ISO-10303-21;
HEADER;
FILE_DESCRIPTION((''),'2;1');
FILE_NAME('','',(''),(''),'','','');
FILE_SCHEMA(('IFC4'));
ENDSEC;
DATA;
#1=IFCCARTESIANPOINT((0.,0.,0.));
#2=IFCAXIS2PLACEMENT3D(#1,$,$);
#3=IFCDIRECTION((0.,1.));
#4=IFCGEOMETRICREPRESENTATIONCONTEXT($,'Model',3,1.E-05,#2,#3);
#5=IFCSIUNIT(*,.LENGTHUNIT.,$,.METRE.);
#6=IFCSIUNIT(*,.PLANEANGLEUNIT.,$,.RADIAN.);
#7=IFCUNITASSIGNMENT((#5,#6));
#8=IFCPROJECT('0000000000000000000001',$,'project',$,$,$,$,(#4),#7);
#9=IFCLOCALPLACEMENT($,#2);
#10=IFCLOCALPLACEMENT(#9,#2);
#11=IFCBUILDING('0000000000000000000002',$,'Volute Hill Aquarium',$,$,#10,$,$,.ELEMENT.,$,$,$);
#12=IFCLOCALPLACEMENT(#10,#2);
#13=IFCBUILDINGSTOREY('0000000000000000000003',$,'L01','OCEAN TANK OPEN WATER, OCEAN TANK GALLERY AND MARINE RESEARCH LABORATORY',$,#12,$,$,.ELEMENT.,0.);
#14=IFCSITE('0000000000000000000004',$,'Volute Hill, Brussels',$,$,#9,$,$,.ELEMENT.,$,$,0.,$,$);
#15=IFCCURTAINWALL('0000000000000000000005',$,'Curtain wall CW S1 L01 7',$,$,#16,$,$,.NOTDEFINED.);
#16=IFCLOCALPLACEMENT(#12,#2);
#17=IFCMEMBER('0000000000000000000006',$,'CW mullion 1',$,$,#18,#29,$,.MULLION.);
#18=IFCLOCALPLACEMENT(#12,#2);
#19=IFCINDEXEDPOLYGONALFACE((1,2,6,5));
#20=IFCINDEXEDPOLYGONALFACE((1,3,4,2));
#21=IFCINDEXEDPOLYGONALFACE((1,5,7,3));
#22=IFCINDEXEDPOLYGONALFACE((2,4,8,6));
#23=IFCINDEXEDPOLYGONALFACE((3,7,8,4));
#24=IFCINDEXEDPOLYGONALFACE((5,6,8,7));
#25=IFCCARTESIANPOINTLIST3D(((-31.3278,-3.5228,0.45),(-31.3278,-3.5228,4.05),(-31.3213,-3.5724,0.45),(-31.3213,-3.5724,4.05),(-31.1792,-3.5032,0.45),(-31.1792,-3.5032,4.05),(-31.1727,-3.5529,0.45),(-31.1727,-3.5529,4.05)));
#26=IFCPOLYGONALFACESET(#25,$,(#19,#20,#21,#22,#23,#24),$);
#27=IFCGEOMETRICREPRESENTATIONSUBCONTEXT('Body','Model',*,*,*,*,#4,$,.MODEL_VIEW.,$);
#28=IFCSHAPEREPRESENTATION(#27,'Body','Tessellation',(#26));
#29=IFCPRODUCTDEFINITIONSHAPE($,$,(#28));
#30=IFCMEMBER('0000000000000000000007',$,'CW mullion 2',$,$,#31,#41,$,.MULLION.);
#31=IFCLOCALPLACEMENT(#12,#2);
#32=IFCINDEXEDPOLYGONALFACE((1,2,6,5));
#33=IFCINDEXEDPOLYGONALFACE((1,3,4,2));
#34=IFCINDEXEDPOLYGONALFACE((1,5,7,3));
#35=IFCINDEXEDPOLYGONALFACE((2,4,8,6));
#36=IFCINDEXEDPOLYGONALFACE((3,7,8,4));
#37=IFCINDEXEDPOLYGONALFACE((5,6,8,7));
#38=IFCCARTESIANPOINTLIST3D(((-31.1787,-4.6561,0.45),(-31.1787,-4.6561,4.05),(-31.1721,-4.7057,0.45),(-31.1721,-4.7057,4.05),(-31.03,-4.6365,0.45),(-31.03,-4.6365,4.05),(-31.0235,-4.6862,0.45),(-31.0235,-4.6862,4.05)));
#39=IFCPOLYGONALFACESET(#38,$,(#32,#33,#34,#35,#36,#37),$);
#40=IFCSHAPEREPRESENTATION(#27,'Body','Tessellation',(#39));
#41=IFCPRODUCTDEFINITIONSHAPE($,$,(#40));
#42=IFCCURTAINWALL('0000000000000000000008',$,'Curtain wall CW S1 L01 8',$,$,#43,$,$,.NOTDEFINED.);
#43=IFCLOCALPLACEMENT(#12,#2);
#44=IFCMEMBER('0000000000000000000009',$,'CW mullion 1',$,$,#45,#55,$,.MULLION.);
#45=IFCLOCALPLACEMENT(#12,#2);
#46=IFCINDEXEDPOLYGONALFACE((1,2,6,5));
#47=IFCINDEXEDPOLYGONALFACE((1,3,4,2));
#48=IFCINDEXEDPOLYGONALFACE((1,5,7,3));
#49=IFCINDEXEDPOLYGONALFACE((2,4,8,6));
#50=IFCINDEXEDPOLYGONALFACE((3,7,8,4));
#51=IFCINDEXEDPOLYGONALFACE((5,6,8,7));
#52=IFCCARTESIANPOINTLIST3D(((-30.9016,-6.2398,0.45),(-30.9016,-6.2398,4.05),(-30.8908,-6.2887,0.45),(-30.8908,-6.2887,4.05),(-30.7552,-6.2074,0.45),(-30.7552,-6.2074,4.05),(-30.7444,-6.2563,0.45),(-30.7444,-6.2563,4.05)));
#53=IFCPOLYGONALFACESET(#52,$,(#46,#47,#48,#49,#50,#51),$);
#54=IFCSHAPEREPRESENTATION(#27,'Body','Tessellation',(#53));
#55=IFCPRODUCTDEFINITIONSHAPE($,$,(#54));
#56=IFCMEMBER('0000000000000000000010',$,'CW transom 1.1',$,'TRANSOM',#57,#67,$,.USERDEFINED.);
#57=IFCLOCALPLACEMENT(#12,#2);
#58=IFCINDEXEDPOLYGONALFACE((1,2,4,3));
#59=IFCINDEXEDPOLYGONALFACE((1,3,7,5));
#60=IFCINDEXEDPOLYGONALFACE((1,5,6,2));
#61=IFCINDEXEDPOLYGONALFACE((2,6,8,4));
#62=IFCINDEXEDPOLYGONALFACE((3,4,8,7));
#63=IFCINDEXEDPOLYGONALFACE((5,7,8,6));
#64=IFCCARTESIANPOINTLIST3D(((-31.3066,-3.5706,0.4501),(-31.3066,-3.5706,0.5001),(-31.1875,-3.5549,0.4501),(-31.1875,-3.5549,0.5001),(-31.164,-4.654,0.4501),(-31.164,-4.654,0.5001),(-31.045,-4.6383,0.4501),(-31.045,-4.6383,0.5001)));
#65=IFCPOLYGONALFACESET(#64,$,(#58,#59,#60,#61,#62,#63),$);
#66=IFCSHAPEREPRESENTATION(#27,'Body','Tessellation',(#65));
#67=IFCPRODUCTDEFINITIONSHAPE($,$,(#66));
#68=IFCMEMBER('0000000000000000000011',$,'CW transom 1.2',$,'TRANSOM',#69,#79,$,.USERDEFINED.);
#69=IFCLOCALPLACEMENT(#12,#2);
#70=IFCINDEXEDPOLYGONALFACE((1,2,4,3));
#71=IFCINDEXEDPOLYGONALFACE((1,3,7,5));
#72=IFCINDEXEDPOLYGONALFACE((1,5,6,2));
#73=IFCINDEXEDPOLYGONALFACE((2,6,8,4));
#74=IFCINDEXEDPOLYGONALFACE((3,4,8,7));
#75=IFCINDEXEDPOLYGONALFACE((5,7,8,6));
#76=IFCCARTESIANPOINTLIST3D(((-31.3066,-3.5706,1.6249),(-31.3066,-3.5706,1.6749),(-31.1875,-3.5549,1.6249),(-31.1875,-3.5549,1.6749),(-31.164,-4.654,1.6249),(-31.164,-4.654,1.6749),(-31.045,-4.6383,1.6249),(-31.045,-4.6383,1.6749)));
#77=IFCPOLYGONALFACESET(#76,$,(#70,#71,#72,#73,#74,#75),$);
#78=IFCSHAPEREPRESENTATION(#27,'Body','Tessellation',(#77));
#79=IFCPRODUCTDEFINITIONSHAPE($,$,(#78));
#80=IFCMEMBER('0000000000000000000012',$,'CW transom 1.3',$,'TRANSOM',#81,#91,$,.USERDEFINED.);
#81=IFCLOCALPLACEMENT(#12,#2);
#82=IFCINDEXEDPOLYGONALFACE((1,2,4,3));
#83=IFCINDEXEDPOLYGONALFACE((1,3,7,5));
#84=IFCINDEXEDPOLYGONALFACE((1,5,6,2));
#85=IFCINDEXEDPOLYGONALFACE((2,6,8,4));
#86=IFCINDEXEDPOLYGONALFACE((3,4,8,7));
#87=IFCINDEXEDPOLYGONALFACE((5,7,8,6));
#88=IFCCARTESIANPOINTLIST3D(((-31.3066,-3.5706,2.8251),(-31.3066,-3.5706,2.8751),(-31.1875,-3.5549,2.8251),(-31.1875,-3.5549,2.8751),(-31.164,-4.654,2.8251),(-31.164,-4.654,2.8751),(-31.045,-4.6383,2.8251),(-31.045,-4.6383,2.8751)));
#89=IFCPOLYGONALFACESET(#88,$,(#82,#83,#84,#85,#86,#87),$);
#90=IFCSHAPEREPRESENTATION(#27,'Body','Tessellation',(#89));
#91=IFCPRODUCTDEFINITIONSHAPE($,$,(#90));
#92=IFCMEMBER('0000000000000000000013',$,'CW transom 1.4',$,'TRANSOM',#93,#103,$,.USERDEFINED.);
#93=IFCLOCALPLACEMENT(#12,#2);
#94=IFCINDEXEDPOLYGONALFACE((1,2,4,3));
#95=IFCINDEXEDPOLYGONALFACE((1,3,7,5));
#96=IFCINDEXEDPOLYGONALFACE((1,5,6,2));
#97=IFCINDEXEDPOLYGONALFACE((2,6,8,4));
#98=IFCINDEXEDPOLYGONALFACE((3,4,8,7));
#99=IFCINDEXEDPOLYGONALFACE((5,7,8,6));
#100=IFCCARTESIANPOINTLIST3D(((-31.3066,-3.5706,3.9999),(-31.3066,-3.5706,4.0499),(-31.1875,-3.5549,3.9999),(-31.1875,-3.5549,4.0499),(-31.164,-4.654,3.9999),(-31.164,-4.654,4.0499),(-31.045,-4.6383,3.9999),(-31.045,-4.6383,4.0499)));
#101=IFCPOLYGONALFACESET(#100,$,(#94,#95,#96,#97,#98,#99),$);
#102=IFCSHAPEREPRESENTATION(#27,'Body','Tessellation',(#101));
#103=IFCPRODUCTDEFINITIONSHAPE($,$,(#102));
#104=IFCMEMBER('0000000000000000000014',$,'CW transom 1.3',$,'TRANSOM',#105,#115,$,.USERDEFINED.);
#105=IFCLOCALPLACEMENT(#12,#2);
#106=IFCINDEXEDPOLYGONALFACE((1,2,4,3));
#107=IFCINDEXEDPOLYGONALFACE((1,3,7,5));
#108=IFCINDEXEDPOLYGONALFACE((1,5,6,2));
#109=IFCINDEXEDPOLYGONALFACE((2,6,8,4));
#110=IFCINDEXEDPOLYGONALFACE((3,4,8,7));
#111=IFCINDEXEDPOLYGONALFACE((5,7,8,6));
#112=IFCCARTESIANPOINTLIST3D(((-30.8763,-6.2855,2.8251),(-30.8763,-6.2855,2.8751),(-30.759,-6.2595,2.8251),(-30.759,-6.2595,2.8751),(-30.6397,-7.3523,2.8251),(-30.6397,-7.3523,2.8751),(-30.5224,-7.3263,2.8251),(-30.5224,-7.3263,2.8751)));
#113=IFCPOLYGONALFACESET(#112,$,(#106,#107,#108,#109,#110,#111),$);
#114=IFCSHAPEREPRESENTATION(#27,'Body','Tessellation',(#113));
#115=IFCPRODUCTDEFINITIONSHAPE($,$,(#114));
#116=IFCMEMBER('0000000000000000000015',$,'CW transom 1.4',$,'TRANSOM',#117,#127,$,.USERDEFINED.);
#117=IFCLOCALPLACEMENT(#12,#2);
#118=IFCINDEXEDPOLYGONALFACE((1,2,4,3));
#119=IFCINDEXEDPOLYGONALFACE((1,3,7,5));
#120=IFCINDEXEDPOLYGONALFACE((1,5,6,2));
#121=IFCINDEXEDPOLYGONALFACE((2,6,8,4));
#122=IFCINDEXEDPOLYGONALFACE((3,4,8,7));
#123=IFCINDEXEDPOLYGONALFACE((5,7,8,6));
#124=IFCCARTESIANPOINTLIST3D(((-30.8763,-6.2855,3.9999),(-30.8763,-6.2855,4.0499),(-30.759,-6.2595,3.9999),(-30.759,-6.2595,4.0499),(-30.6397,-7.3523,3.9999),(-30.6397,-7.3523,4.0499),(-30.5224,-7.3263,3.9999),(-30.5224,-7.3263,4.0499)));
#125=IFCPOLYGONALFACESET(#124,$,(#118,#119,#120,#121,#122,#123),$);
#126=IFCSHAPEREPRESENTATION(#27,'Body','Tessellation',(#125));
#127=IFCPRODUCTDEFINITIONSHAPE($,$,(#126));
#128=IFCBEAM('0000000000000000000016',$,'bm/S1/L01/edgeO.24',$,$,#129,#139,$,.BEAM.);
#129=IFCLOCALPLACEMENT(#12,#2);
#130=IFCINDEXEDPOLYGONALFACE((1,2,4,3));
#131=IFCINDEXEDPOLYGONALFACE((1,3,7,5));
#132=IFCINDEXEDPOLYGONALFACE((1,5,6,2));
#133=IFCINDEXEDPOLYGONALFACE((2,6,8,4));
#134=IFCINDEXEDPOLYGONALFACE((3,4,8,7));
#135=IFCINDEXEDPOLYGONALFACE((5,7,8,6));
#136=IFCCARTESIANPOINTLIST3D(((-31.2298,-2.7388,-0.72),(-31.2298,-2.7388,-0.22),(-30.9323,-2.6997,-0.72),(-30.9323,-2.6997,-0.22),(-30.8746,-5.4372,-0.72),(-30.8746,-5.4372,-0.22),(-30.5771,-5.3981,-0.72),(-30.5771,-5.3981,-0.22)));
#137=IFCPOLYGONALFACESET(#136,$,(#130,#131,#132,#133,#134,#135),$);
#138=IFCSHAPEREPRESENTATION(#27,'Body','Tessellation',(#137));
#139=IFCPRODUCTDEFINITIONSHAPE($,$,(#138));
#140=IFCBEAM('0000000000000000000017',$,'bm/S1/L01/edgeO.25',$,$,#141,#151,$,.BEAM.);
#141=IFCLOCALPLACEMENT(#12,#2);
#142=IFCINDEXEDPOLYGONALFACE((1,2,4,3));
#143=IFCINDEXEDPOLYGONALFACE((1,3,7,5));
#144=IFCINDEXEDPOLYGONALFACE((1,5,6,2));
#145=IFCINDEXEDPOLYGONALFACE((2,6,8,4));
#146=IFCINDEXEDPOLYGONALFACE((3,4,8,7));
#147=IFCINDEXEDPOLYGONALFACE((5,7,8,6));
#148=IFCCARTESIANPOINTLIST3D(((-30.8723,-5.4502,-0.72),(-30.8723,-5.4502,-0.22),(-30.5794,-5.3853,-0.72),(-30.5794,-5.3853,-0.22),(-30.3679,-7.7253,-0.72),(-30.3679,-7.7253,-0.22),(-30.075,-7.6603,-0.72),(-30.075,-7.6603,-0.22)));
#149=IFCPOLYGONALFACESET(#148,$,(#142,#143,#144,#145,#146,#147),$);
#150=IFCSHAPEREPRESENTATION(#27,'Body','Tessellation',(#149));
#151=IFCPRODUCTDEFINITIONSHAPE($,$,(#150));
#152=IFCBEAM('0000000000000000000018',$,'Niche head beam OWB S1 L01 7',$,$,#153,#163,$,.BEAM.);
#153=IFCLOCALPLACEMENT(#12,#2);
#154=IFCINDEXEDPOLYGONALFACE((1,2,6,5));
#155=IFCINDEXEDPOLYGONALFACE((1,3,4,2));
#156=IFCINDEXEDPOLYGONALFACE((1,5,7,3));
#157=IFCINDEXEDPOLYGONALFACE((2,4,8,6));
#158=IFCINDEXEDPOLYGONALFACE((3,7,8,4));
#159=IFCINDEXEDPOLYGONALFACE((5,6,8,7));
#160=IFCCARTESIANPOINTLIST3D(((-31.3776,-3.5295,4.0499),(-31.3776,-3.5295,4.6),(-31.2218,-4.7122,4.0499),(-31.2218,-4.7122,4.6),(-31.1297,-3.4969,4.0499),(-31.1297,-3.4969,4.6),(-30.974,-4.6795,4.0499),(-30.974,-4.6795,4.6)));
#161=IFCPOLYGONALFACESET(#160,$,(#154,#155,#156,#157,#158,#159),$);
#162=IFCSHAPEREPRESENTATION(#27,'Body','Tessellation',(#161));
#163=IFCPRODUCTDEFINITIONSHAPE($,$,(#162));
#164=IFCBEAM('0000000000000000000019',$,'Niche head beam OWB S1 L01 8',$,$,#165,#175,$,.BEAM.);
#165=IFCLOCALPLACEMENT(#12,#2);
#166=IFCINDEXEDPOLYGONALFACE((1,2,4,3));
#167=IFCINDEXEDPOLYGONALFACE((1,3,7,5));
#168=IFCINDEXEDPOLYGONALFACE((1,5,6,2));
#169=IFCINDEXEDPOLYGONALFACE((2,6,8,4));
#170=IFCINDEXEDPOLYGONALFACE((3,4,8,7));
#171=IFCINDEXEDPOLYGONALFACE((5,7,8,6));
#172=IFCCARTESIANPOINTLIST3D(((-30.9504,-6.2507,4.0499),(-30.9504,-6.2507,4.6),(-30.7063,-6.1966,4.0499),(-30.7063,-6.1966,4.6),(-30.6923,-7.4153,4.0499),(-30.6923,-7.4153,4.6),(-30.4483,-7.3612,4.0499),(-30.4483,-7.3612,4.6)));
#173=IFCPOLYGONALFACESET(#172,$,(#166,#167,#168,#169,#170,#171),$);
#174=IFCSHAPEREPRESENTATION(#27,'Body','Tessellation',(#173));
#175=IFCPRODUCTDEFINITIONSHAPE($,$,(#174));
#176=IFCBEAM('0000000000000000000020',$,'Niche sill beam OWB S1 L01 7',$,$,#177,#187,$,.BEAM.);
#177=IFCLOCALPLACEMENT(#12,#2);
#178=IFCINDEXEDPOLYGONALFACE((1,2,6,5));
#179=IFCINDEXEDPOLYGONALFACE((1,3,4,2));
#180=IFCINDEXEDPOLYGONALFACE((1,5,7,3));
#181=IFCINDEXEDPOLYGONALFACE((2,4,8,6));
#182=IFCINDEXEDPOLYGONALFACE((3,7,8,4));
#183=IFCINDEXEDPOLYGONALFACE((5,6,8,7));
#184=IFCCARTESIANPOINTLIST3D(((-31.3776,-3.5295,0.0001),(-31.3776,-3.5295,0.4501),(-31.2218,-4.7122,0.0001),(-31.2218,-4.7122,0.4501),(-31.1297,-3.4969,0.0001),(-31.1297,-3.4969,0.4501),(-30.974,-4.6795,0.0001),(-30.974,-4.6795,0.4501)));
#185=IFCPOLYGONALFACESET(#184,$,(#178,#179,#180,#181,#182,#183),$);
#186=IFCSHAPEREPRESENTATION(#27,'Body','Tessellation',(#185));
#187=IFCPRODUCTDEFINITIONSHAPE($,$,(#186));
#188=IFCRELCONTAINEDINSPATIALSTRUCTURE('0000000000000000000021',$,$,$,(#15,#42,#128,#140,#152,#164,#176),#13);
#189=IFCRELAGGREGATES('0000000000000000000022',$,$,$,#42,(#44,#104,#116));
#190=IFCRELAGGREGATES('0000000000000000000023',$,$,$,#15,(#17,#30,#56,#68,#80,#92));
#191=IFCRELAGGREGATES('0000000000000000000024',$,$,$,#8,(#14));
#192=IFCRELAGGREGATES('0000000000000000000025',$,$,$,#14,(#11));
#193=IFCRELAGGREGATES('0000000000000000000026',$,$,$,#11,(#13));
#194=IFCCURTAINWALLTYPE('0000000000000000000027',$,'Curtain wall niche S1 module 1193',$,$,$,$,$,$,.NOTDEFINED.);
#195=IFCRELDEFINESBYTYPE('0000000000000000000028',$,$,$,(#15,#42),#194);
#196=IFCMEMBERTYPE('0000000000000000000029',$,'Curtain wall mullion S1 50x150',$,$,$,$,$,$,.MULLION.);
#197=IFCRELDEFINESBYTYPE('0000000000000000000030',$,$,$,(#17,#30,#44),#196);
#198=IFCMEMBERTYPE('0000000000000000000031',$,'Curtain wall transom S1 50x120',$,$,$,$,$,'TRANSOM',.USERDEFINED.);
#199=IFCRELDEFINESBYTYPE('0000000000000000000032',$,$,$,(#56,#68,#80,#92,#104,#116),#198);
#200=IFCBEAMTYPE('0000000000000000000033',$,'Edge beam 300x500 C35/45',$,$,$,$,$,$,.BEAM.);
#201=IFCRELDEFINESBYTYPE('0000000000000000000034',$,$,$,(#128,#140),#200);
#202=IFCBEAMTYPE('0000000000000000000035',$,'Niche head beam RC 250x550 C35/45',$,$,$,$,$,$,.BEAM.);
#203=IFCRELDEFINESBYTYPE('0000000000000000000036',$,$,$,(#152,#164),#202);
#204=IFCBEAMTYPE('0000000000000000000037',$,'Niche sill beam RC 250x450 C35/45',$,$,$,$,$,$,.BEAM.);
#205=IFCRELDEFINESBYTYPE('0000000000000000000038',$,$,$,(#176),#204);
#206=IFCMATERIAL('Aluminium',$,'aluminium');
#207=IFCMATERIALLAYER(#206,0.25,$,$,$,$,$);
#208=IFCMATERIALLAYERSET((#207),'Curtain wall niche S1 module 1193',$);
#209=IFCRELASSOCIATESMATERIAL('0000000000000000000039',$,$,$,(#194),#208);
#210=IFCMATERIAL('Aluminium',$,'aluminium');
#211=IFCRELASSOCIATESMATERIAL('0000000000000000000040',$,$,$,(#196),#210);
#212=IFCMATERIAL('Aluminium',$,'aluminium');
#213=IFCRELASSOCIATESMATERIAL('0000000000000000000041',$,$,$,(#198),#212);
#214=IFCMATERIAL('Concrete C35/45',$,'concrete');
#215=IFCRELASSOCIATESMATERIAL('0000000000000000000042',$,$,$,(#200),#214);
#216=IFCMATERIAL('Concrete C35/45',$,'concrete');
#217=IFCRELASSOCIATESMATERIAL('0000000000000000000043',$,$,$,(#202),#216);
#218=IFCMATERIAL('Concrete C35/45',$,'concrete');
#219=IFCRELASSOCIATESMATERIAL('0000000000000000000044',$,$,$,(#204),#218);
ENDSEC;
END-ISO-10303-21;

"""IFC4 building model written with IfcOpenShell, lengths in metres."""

from ifc_helpers import new_model, si_unit, direction, frame, origin, origin_2d, place, context, subcontext, project, spatial, rectangle, extrude, material, layer, layer_set, material_profile, profile_set, type_object, element, aggregate, save


model = new_model("IFC4")

# Units and contexts
model_context = context("Model", 3, precision=1e-05, world=origin(), true_north=direction((0.0, 1.0)))
body_context = subcontext(model_context, "Body", "Model", "MODEL_VIEW")
ifc_project = project(units=[si_unit("LENGTHUNIT", "METRE"), si_unit("PLANEANGLEUNIT", "RADIAN")], contexts=[model_context])

# Site, building, storey
site_placement = place(None, origin())
site = spatial("IfcSite", under=ifc_project, at=site_placement, Name="Volute Hill, Brussels", CompositionType="ELEMENT", RefElevation=0.0)
building_placement = place(site_placement, origin())
building = spatial("IfcBuilding", under=site, at=building_placement, Name="Volute Hill Aquarium", CompositionType="ELEMENT")
storey_placement = place(building_placement, origin())
storey = spatial("IfcBuildingStorey", under=building, at=storey_placement, Name="L01", Description="OCEAN TANK OPEN WATER, OCEAN TANK GALLERY AND MARINE RESEARCH LABORATORY", CompositionType="ELEMENT", Elevation=0.0)

# Curtain wall, members
ifc_material_1 = material(Name="Aluminium", Category="aluminium")
ifc_layer_1 = layer(ifc_material_1, 0.25)
ifc_layer_set_1 = layer_set([ifc_layer_1], Name="Curtain wall niche S1 module 1193")
curtain_wall_type = type_object("IfcCurtainWallType", Name="Curtain wall niche S1 module 1193", PredefinedType="NOTDEFINED", material=ifc_layer_set_1)
curtain_wall_1_placement = place(storey_placement, origin())
curtain_wall_1 = element("IfcCurtainWall", 1, at=curtain_wall_1_placement, inside=storey, type_object=curtain_wall_type, Name="Curtain wall CW S1 L01 7", PredefinedType="NOTDEFINED")
ifc_material_2 = material(Name="Aluminium", Category="aluminium")
ifc_material_profile_1 = material_profile(ifc_material_2, rectangle(XDim=0.1499, YDim=0.05, at=origin_2d()), Name="Curtain wall mullion S1 50x150")
ifc_profile_set_1 = profile_set([ifc_material_profile_1], Name="Aluminium")
member_type_1 = type_object("IfcMemberType", Name="Curtain wall mullion S1 50x150", PredefinedType="MULLION", material=ifc_profile_set_1)
member_1_placement = place(storey_placement, frame((-31.2502, -3.5378, 0.45), z_axis=(0.0, 0.0, 1.0), x_axis=(0.991445, 0.130523, 0.0)))
member_1 = element("IfcMember", 2, at=member_1_placement, type_object=member_type_1, Name="CW mullion 1", PredefinedType="MULLION", context=body_context, shape_type="SweptSolid", body=[
    extrude(rectangle(XDim=0.1499, YDim=0.05, at=origin_2d()), origin(), (0.0, 0.0, 1.0), 3.6001),
])
member_2_placement = place(storey_placement, frame((-31.1011, -4.6711, 0.45), z_axis=(0.0, 0.0, 1.0), x_axis=(0.991445, 0.130523, 0.0)))
member_2 = element("IfcMember", 3, at=member_2_placement, type_object=member_type_1, Name="CW mullion 2", PredefinedType="MULLION", context=body_context, shape_type="SweptSolid", body=[
    extrude(rectangle(XDim=0.1499, YDim=0.05, at=origin_2d()), origin(), (0.0, 0.0, 1.0), 3.6001),
])

# Curtain wall, member
curtain_wall_2_placement = place(storey_placement, origin())
curtain_wall_2 = element("IfcCurtainWall", 4, at=curtain_wall_2_placement, inside=storey, type_object=curtain_wall_type, Name="Curtain wall CW S1 L01 8", PredefinedType="NOTDEFINED")
member_3_placement = place(storey_placement, frame((-30.823, -6.248, 0.45), z_axis=(0.0, 0.0, 1.0), x_axis=(0.976292, 0.216456, 0.0)))
member_3 = element("IfcMember", 5, at=member_3_placement, type_object=member_type_1, Name="CW mullion 1", PredefinedType="MULLION", context=body_context, shape_type="SweptSolid", body=[
    extrude(rectangle(XDim=0.1499, YDim=0.05, at=origin_2d()), origin(), (0.0, 0.0, 1.0), 3.6001),
])

# Members
ifc_material_3 = material(Name="Aluminium", Category="aluminium")
ifc_material_profile_2 = material_profile(ifc_material_3, rectangle(XDim=0.1201, YDim=0.05, at=origin_2d()), Name="Curtain wall transom S1 50x120")
ifc_profile_set_2 = profile_set([ifc_material_profile_2], Name="Aluminium")
member_type_2 = type_object("IfcMemberType", Name="Curtain wall transom S1 50x120", ElementType="TRANSOM", PredefinedType="USERDEFINED", material=ifc_profile_set_2)
member_4_placement = place(storey_placement, frame((-31.2471, -3.5627, 0.4751), z_axis=(0.130466, -0.991453, 0.0), x_axis=(0.991453, 0.130466, 0.0)))
member_4 = element("IfcMember", 6, at=member_4_placement, type_object=member_type_2, Name="CW transom 1.1", ObjectType="TRANSOM", PredefinedType="USERDEFINED", context=body_context, shape_type="SweptSolid", body=[
    extrude(rectangle(XDim=0.1201, YDim=0.05, at=origin_2d()), origin(), (0.0, 0.0, 1.0), 1.0928),
])
member_5_placement = place(storey_placement, frame((-31.2471, -3.5627, 1.6499), z_axis=(0.130466, -0.991453, 0.0), x_axis=(0.991453, 0.130466, 0.0)))
member_5 = element("IfcMember", 7, at=member_5_placement, type_object=member_type_2, Name="CW transom 1.2", ObjectType="TRANSOM", PredefinedType="USERDEFINED", context=body_context, shape_type="SweptSolid", body=[
    extrude(rectangle(XDim=0.1201, YDim=0.05, at=origin_2d()), origin(), (0.0, 0.0, 1.0), 1.0928),
])
member_6_placement = place(storey_placement, frame((-31.2471, -3.5627, 2.8501), z_axis=(0.130466, -0.991453, 0.0), x_axis=(0.991453, 0.130466, 0.0)))
member_6 = element("IfcMember", 8, at=member_6_placement, type_object=member_type_2, Name="CW transom 1.3", ObjectType="TRANSOM", PredefinedType="USERDEFINED", context=body_context, shape_type="SweptSolid", body=[
    extrude(rectangle(XDim=0.1201, YDim=0.05, at=origin_2d()), origin(), (0.0, 0.0, 1.0), 1.0928),
])
member_7_placement = place(storey_placement, frame((-31.2471, -3.5627, 4.0249), z_axis=(0.130466, -0.991453, 0.0), x_axis=(0.991453, 0.130466, 0.0)))
member_7 = element("IfcMember", 9, at=member_7_placement, type_object=member_type_2, Name="CW transom 1.4", ObjectType="TRANSOM", PredefinedType="USERDEFINED", context=body_context, shape_type="SweptSolid", body=[
    extrude(rectangle(XDim=0.1201, YDim=0.05, at=origin_2d()), origin(), (0.0, 0.0, 1.0), 1.0928),
])
member_8_placement = place(storey_placement, frame((-30.8176, -6.2725, 2.8501), z_axis=(0.216481, -0.976287, 0.0), x_axis=(0.976287, 0.216481, 0.0)))
member_8 = element("IfcMember", 10, at=member_8_placement, type_object=member_type_2, Name="CW transom 1.3", ObjectType="TRANSOM", PredefinedType="USERDEFINED", context=body_context, shape_type="SweptSolid", body=[
    extrude(rectangle(XDim=0.1201, YDim=0.05, at=origin_2d()), origin(), (0.0, 0.0, 1.0), 1.0928),
])
member_9_placement = place(storey_placement, frame((-30.8176, -6.2725, 4.0249), z_axis=(0.216481, -0.976287, 0.0), x_axis=(0.976287, 0.216481, 0.0)))
member_9 = element("IfcMember", 11, at=member_9_placement, type_object=member_type_2, Name="CW transom 1.4", ObjectType="TRANSOM", PredefinedType="USERDEFINED", context=body_context, shape_type="SweptSolid", body=[
    extrude(rectangle(XDim=0.1201, YDim=0.05, at=origin_2d()), origin(), (0.0, 0.0, 1.0), 1.0928),
])
aggregate(curtain_wall_2, [member_3, member_8, member_9])

# Beams
ifc_material_4 = material(Name="Concrete C35/45", Category="concrete")
ifc_material_profile_3 = material_profile(ifc_material_4, rectangle(XDim=0.3, YDim=0.5, at=origin_2d()), Name="RC edge beam 300x500")
ifc_profile_set_3 = profile_set([ifc_material_profile_3], Name="Concrete C35/45")
beam_type_1 = type_object("IfcBeamType", Name="Edge beam 300x500 C35/45", PredefinedType="BEAM", material=ifc_profile_set_3)
beam_1_placement = place(storey_placement, frame((-31.0811, -2.7192, -0.47), z_axis=(0.130513, -0.991447, 0.0), x_axis=(0.991447, 0.130513, 0.0)))
element("IfcBeam", 12, at=beam_1_placement, inside=storey, type_object=beam_type_1, Name="bm/S1/L01/edgeO.24", PredefinedType="BEAM", context=body_context, shape_type="SweptSolid", body=[
    extrude(rectangle(XDim=0.3, YDim=0.5, at=origin_2d()), origin(), (0.0, 0.0, 1.0), 2.7217),
])
beam_2_placement = place(storey_placement, frame((-30.7258, -5.4177, -0.47), z_axis=(0.216442, -0.976295, 0.0), x_axis=(0.976295, 0.216442, 0.0)))
element("IfcBeam", 13, at=beam_2_placement, inside=storey, type_object=beam_type_1, Name="bm/S1/L01/edgeO.25", PredefinedType="BEAM", context=body_context, shape_type="SweptSolid", body=[
    extrude(rectangle(XDim=0.3, YDim=0.5, at=origin_2d()), origin(), (0.0, 0.0, 1.0), 2.3303),
])
ifc_material_5 = material(Name="Concrete C35/45", Category="concrete")
ifc_material_profile_4 = material_profile(ifc_material_5, rectangle(XDim=0.25, YDim=0.55, at=origin_2d()), Name="RC beam 250x550")
ifc_profile_set_4 = profile_set([ifc_material_profile_4], Name="Concrete C35/45")
beam_type_2 = type_object("IfcBeamType", Name="Niche head beam RC 250x550 C35/45", PredefinedType="BEAM", material=ifc_profile_set_4)
for number, where, z_axis, x_axis, name in (
    (14, (-31.2537, -3.5132, 4.325), (0.130582, -0.991438, 0.0), (0.991438, 0.130582, 0.0), "Niche head beam OWB S1 L01 7"),
    (15, (-30.8284, -6.2236, 4.325), (0.216345, -0.976317, 0.0), (0.976317, 0.216345, 0.0), "Niche head beam OWB S1 L01 8"),
):
    element("IfcBeam", number, at=place(storey_placement, frame(where, z_axis=z_axis, x_axis=x_axis)), inside=storey, type_object=beam_type_2, Name=name, PredefinedType="BEAM", context=body_context, shape_type="SweptSolid", body=[
        extrude(rectangle(XDim=0.25, YDim=0.55, at=origin_2d()), origin(), (0.0, 0.0, 1.0), 1.1929),
    ])
ifc_material_6 = material(Name="Concrete C35/45", Category="concrete")
ifc_material_profile_5 = material_profile(ifc_material_6, rectangle(XDim=0.25, YDim=0.45, at=origin_2d()), Name="RC beam 250x450")
ifc_profile_set_5 = profile_set([ifc_material_profile_5], Name="Concrete C35/45")
beam_type_3 = type_object("IfcBeamType", Name="Niche sill beam RC 250x450 C35/45", PredefinedType="BEAM", material=ifc_profile_set_5)
for number, where, z_axis, x_axis, name in (
    (16, (-31.2537, -3.5132, 0.2251), (0.130582, -0.991438, 0.0), (0.991438, 0.130582, 0.0), "Niche sill beam OWB S1 L01 7"),
):
    element("IfcBeam", number, at=place(storey_placement, frame(where, z_axis=z_axis, x_axis=x_axis)), inside=storey, type_object=beam_type_3, Name=name, PredefinedType="BEAM", context=body_context, shape_type="SweptSolid", body=[
        extrude(rectangle(XDim=0.25, YDim=0.45, at=origin_2d()), origin(), (0.0, 0.0, 1.0), 1.1929),
    ])

aggregate(curtain_wall_1, [member_1, member_2, member_4, member_5, member_6, member_7])

save(model, "model.ifc")
